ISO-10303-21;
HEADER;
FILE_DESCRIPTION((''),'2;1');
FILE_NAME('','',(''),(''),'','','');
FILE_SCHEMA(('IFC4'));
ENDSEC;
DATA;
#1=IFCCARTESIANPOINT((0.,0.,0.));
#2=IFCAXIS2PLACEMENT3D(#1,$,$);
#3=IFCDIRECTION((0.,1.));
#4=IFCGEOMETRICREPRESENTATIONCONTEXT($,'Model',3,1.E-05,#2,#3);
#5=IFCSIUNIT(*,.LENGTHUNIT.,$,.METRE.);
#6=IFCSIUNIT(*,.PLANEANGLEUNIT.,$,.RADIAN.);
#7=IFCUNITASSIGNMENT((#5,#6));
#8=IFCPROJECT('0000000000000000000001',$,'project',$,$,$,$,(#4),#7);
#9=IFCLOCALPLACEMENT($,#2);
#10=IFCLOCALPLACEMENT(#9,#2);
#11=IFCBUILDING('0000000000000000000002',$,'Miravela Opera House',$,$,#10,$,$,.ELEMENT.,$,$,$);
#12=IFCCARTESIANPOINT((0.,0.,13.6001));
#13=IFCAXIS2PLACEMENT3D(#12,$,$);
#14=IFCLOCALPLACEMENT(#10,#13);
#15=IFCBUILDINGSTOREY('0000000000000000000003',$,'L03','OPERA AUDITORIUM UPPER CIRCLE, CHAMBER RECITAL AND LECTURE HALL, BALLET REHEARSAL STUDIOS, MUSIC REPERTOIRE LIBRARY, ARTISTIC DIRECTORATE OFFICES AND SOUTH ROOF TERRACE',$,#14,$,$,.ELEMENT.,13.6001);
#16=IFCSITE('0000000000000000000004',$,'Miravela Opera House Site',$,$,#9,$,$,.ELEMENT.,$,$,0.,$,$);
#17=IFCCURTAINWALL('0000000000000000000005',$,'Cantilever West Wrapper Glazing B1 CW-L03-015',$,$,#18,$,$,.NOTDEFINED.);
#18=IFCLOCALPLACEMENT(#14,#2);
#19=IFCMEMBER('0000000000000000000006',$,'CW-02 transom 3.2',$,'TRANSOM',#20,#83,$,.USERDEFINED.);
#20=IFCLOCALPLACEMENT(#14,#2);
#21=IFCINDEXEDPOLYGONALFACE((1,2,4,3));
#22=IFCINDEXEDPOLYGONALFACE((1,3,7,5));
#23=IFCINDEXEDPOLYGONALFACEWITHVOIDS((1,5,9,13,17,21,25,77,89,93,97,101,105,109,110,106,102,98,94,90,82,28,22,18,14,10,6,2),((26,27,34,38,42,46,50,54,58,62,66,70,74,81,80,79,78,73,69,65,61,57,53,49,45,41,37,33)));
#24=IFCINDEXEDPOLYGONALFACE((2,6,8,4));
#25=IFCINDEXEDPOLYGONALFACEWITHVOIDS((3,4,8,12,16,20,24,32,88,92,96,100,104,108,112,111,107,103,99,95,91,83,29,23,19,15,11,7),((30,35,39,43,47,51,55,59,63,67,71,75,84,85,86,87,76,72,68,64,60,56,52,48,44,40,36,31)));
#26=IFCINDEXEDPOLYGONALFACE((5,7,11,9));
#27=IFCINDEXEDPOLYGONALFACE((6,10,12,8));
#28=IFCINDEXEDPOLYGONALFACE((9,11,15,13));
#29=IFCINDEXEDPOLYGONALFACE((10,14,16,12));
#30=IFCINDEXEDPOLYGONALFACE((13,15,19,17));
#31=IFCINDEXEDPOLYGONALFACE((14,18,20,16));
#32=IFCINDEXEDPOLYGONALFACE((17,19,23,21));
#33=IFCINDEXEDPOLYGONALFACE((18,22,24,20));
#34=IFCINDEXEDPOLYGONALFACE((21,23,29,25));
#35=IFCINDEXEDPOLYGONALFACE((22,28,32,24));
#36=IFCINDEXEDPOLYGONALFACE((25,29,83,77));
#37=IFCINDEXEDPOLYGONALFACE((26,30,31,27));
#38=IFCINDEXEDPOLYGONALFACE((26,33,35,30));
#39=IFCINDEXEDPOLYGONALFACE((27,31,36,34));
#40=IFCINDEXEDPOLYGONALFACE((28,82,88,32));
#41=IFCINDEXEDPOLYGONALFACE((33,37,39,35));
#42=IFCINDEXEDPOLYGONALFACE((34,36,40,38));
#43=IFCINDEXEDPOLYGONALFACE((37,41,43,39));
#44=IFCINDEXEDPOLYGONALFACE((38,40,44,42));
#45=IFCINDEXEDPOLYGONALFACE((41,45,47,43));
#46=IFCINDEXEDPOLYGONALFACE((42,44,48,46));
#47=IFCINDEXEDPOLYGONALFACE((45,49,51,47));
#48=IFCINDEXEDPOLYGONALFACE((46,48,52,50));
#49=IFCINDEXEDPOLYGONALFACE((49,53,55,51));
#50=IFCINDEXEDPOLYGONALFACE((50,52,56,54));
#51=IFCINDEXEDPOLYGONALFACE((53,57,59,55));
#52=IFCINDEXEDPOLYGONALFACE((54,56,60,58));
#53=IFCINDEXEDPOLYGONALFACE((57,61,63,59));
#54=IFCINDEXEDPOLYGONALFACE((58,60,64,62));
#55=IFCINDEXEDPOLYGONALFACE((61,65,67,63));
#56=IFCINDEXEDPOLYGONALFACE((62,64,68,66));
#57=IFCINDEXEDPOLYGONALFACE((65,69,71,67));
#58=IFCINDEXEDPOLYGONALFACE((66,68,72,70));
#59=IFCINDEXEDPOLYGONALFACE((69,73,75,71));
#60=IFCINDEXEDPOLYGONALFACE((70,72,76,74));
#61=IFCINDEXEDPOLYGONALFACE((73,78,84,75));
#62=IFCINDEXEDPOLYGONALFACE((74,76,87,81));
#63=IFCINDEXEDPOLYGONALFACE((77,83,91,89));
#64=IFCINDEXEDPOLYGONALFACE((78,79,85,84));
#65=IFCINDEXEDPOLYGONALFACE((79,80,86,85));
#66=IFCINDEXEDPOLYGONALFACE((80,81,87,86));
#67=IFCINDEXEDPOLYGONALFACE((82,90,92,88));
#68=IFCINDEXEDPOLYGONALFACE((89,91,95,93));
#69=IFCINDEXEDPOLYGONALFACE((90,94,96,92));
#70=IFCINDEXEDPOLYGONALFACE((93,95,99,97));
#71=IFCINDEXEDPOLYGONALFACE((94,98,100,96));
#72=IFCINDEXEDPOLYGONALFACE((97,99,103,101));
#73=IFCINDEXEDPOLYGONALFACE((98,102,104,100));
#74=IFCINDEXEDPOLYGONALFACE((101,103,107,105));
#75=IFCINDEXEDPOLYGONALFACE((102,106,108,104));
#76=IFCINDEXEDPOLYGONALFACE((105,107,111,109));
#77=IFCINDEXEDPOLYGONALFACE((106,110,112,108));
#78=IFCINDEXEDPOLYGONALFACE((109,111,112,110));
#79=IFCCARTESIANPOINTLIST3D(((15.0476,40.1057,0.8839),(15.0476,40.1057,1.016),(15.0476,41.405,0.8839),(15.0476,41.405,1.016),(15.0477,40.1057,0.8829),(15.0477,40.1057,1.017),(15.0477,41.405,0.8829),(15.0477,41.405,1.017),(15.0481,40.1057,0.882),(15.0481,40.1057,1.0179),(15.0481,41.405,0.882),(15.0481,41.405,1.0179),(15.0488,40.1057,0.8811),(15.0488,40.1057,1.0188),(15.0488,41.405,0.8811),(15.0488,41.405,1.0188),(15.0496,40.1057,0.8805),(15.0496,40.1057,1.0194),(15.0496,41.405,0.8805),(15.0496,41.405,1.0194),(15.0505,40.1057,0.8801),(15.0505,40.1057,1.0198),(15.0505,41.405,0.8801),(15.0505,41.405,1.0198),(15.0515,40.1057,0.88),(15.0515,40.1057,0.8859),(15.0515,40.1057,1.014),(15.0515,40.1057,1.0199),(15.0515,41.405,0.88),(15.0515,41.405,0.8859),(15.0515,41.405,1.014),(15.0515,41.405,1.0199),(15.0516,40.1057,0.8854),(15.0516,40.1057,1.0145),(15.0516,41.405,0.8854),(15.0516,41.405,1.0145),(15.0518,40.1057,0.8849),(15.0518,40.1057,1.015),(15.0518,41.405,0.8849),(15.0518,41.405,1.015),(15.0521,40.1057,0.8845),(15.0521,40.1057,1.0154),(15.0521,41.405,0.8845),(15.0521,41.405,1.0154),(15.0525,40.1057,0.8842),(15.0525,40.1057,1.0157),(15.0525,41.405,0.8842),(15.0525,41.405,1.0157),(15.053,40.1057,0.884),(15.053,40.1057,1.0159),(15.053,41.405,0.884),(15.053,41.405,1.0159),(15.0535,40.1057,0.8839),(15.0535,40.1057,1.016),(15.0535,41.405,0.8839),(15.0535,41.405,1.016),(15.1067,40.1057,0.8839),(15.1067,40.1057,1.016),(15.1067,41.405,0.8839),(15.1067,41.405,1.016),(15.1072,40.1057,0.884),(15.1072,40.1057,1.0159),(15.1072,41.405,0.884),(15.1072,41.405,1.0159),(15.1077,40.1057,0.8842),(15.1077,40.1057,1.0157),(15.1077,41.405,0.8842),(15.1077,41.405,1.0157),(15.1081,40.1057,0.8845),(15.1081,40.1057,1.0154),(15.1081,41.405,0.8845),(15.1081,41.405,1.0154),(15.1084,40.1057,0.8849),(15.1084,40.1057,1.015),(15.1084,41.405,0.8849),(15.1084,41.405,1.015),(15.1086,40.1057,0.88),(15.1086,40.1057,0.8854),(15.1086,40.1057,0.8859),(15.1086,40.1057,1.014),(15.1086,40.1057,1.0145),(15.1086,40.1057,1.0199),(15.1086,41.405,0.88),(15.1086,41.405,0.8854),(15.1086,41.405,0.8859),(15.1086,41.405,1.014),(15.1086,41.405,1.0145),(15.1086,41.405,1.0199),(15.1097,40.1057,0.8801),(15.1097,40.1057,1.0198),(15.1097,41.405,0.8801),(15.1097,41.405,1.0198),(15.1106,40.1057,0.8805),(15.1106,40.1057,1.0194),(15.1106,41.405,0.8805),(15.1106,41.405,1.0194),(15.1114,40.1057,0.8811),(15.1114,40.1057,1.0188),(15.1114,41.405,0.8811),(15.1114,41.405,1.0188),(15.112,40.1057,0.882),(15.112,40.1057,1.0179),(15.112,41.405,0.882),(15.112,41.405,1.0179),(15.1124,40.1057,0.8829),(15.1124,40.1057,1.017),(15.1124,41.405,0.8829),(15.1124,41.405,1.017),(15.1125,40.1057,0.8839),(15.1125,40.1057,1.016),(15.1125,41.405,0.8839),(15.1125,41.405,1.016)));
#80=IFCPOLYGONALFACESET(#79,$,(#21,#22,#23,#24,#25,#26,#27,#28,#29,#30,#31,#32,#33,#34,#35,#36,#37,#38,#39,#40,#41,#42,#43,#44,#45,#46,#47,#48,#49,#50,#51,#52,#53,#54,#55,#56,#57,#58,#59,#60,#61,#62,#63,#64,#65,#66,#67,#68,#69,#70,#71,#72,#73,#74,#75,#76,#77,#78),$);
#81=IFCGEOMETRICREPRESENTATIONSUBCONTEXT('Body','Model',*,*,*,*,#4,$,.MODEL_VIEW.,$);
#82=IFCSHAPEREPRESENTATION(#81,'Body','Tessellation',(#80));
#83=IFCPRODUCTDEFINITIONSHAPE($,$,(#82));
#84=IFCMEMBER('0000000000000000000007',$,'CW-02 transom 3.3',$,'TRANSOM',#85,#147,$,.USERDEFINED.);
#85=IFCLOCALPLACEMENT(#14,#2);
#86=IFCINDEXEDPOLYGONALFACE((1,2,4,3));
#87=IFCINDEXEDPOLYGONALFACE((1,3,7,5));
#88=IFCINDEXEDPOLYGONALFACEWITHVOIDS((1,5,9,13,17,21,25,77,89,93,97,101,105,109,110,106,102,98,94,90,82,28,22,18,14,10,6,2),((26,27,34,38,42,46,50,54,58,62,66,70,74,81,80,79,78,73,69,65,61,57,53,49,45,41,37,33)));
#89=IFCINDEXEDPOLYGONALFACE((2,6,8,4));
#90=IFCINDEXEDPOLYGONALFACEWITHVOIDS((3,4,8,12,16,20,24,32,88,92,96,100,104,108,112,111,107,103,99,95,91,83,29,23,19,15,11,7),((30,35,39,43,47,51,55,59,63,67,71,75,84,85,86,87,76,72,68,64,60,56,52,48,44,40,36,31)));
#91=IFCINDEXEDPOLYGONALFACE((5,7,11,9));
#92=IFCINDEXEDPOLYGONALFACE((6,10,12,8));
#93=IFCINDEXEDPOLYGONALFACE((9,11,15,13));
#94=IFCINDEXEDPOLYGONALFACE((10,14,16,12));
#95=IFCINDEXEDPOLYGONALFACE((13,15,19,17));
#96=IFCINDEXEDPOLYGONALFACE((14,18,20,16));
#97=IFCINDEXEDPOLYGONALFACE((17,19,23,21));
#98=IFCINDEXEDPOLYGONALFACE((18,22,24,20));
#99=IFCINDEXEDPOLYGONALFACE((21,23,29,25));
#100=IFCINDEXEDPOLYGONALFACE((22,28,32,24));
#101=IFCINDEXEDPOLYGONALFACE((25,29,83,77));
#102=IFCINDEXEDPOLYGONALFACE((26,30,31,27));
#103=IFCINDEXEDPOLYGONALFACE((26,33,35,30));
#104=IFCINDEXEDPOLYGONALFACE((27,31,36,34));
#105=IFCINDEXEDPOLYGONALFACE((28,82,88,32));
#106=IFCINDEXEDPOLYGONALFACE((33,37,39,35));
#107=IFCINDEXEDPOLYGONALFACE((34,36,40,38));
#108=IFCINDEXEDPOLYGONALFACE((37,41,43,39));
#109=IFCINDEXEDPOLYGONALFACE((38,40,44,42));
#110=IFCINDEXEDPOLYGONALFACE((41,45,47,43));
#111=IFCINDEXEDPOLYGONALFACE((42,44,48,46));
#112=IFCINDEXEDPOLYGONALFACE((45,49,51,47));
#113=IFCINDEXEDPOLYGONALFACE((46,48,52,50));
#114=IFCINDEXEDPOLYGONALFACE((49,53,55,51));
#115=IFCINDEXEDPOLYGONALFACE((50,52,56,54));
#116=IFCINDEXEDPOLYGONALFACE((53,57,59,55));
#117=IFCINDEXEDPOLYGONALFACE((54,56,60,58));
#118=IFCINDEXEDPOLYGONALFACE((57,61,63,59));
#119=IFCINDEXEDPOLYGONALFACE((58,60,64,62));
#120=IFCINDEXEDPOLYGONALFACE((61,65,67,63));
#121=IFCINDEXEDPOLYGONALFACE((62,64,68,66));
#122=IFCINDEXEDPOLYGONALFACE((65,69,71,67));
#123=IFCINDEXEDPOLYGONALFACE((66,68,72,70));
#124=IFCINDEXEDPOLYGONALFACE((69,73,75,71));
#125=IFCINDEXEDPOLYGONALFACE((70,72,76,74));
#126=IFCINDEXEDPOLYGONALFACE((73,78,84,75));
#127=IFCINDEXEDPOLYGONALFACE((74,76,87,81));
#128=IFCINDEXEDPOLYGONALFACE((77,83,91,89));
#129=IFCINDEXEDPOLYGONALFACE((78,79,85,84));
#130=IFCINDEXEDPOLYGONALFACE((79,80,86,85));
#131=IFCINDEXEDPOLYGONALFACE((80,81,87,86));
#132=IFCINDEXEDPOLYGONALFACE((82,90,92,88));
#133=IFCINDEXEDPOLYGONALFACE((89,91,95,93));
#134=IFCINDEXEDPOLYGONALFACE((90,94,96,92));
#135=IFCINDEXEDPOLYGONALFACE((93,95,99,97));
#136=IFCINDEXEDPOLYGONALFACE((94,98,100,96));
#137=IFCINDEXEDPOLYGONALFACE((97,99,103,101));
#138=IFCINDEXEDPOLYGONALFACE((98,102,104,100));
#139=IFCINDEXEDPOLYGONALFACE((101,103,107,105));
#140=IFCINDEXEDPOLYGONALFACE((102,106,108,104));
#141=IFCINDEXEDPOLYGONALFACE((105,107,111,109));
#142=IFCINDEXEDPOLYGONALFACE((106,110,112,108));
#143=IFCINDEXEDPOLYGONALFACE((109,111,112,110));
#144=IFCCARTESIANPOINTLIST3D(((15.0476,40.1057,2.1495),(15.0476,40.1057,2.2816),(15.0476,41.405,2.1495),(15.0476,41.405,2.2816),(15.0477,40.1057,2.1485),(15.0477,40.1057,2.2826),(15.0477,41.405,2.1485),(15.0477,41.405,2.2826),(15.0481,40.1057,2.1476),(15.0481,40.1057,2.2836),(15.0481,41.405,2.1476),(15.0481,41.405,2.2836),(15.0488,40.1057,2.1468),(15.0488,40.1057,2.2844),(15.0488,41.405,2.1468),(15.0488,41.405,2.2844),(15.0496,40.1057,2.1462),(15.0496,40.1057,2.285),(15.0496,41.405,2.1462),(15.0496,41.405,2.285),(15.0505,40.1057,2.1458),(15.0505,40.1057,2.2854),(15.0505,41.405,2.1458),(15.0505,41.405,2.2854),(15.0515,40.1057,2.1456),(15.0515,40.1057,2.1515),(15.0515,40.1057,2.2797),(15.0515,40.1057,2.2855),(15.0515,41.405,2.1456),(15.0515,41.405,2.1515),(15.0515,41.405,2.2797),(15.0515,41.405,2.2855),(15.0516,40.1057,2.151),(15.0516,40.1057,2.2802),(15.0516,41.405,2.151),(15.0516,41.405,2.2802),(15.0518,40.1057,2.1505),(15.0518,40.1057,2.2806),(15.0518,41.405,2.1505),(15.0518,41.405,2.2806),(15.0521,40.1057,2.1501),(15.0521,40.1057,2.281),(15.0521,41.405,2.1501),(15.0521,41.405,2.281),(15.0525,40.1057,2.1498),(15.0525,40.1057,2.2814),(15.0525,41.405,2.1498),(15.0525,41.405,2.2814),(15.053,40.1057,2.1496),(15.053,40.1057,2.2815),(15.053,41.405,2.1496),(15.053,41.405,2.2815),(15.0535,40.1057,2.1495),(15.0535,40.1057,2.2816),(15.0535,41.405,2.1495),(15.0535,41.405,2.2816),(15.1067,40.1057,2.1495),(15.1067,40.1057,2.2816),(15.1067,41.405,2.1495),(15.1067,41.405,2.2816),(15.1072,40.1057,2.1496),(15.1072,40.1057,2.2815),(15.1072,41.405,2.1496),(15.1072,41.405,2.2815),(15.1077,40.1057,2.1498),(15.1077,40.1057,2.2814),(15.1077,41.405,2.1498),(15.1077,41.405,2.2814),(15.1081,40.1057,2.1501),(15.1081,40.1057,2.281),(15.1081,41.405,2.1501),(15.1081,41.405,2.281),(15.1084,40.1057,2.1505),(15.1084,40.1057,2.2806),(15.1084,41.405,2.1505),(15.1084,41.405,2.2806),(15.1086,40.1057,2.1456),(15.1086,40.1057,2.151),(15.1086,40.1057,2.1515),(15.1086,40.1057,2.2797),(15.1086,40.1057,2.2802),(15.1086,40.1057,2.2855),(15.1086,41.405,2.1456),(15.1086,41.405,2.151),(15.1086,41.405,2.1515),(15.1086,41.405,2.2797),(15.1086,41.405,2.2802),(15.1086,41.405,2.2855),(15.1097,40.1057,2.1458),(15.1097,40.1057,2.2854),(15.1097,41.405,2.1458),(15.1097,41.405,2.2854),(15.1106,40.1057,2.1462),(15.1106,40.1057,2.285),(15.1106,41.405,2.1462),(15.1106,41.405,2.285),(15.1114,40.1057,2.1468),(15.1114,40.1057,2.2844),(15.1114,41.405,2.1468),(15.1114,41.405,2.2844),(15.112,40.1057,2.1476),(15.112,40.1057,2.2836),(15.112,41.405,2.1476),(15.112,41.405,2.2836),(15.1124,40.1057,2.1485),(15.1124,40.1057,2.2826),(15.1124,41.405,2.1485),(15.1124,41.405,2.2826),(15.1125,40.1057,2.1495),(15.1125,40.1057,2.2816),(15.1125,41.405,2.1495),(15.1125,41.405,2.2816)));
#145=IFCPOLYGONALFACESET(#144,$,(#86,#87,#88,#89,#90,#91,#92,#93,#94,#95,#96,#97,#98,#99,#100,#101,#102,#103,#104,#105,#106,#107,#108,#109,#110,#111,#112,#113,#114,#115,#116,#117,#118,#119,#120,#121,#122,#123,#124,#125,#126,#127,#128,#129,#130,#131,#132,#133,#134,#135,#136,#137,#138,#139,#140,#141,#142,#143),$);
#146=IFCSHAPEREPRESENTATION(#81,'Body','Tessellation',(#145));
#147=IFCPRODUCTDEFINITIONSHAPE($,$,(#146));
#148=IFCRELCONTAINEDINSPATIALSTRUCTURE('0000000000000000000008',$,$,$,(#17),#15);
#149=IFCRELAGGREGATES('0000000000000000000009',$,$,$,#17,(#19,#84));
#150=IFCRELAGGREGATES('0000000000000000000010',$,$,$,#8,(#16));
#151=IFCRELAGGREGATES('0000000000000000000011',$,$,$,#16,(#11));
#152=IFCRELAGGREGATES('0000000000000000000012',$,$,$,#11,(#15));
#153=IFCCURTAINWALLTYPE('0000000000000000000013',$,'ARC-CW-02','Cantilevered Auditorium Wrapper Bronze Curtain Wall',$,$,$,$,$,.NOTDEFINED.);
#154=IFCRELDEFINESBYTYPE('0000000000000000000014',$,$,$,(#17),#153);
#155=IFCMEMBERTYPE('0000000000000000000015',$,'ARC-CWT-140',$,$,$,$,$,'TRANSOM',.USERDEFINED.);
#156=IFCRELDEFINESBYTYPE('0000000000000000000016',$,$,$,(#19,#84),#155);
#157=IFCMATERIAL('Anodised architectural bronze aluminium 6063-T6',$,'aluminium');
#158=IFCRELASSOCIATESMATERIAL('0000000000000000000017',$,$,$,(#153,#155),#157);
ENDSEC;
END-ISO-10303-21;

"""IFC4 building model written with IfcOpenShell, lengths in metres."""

from ifc_helpers import new_model, si_unit, direction, frame, origin, origin_2d, place, context, subcontext, project, spatial, hollow_rectangle, extrude, material, material_profile, profile_set, type_object, element, aggregate, save


model = new_model("IFC4")

# Units and contexts
model_context = context("Model", 3, precision=1e-05, world=origin(), true_north=direction((0.0, 1.0)))
body_context = subcontext(model_context, "Body", "Model", "MODEL_VIEW")
ifc_project = project(units=[si_unit("LENGTHUNIT", "METRE"), si_unit("PLANEANGLEUNIT", "RADIAN")], contexts=[model_context])

# Site, building, storey
site_placement = place(None, origin())
site = spatial("IfcSite", under=ifc_project, at=site_placement, Name="Miravela Opera House Site", CompositionType="ELEMENT", RefElevation=0.0)
building_placement = place(site_placement, origin())
building = spatial("IfcBuilding", under=site, at=building_placement, Name="Miravela Opera House", CompositionType="ELEMENT")
storey_placement = place(building_placement, frame((0.0, 0.0, 13.6001)))
storey = spatial("IfcBuildingStorey", under=building, at=storey_placement, Name="L03", Description="OPERA AUDITORIUM UPPER CIRCLE, CHAMBER RECITAL AND LECTURE HALL, BALLET REHEARSAL STUDIOS, MUSIC REPERTOIRE LIBRARY, ARTISTIC DIRECTORATE OFFICES AND SOUTH ROOF TERRACE", CompositionType="ELEMENT", Elevation=13.6001)

# Curtain wall
ifc_material_1 = material(Name="Anodised architectural bronze aluminium 6063-T6", Category="aluminium")
curtain_wall_type = type_object("IfcCurtainWallType", Name="ARC-CW-02", Description="Cantilevered Auditorium Wrapper Bronze Curtain Wall", PredefinedType="NOTDEFINED", material=ifc_material_1)
curtain_wall_1_placement = place(storey_placement, origin())
curtain_wall_1 = element("IfcCurtainWall", 1, at=curtain_wall_1_placement, inside=storey, type_object=curtain_wall_type, Name="Cantilever West Wrapper Glazing B1 CW-L03-015", PredefinedType="NOTDEFINED")

# Members
ifc_material_profile_1 = material_profile(ifc_material_1, hollow_rectangle(XDim=0.0649, YDim=0.1399, WallThickness=0.0039, InnerFilletRadius=0.002, OuterFilletRadius=0.0039, at=origin_2d()), Name="CWT-65X140")
ifc_profile_set_1 = profile_set([ifc_material_profile_1])
member_type_1 = type_object("IfcMemberType", Name="ARC-CWT-140", ElementType="TRANSOM", PredefinedType="USERDEFINED", material=ifc_profile_set_1)
member_1_placement = place(storey_placement, frame((15.0801, 40.1057, 0.95), z_axis=(0.0, 1.0, 0.0), x_axis=(-1.0, 0.0, 0.0)))
member_1 = element("IfcMember", 2, at=member_1_placement, type_object=member_type_1, Name="CW-02 transom 3.2", ObjectType="TRANSOM", PredefinedType="USERDEFINED", context=body_context, shape_type="SweptSolid", body=[
    extrude(hollow_rectangle(XDim=0.0649, YDim=0.1399, WallThickness=0.0039, InnerFilletRadius=0.002, OuterFilletRadius=0.0039, at=origin_2d()), origin(), (0.0, 0.0, 1.0), 1.2993),
])
member_2_placement = place(storey_placement, frame((15.0801, 40.1057, 2.2156), z_axis=(0.0, 1.0, 0.0), x_axis=(-1.0, 0.0, 0.0)))
member_2 = element("IfcMember", 3, at=member_2_placement, type_object=member_type_1, Name="CW-02 transom 3.3", ObjectType="TRANSOM", PredefinedType="USERDEFINED", context=body_context, shape_type="SweptSolid", body=[
    extrude(hollow_rectangle(XDim=0.0649, YDim=0.1399, WallThickness=0.0039, InnerFilletRadius=0.002, OuterFilletRadius=0.0039, at=origin_2d()), origin(), (0.0, 0.0, 1.0), 1.2993),
])

aggregate(curtain_wall_1, [member_1, member_2])

save(model, "model.ifc")
